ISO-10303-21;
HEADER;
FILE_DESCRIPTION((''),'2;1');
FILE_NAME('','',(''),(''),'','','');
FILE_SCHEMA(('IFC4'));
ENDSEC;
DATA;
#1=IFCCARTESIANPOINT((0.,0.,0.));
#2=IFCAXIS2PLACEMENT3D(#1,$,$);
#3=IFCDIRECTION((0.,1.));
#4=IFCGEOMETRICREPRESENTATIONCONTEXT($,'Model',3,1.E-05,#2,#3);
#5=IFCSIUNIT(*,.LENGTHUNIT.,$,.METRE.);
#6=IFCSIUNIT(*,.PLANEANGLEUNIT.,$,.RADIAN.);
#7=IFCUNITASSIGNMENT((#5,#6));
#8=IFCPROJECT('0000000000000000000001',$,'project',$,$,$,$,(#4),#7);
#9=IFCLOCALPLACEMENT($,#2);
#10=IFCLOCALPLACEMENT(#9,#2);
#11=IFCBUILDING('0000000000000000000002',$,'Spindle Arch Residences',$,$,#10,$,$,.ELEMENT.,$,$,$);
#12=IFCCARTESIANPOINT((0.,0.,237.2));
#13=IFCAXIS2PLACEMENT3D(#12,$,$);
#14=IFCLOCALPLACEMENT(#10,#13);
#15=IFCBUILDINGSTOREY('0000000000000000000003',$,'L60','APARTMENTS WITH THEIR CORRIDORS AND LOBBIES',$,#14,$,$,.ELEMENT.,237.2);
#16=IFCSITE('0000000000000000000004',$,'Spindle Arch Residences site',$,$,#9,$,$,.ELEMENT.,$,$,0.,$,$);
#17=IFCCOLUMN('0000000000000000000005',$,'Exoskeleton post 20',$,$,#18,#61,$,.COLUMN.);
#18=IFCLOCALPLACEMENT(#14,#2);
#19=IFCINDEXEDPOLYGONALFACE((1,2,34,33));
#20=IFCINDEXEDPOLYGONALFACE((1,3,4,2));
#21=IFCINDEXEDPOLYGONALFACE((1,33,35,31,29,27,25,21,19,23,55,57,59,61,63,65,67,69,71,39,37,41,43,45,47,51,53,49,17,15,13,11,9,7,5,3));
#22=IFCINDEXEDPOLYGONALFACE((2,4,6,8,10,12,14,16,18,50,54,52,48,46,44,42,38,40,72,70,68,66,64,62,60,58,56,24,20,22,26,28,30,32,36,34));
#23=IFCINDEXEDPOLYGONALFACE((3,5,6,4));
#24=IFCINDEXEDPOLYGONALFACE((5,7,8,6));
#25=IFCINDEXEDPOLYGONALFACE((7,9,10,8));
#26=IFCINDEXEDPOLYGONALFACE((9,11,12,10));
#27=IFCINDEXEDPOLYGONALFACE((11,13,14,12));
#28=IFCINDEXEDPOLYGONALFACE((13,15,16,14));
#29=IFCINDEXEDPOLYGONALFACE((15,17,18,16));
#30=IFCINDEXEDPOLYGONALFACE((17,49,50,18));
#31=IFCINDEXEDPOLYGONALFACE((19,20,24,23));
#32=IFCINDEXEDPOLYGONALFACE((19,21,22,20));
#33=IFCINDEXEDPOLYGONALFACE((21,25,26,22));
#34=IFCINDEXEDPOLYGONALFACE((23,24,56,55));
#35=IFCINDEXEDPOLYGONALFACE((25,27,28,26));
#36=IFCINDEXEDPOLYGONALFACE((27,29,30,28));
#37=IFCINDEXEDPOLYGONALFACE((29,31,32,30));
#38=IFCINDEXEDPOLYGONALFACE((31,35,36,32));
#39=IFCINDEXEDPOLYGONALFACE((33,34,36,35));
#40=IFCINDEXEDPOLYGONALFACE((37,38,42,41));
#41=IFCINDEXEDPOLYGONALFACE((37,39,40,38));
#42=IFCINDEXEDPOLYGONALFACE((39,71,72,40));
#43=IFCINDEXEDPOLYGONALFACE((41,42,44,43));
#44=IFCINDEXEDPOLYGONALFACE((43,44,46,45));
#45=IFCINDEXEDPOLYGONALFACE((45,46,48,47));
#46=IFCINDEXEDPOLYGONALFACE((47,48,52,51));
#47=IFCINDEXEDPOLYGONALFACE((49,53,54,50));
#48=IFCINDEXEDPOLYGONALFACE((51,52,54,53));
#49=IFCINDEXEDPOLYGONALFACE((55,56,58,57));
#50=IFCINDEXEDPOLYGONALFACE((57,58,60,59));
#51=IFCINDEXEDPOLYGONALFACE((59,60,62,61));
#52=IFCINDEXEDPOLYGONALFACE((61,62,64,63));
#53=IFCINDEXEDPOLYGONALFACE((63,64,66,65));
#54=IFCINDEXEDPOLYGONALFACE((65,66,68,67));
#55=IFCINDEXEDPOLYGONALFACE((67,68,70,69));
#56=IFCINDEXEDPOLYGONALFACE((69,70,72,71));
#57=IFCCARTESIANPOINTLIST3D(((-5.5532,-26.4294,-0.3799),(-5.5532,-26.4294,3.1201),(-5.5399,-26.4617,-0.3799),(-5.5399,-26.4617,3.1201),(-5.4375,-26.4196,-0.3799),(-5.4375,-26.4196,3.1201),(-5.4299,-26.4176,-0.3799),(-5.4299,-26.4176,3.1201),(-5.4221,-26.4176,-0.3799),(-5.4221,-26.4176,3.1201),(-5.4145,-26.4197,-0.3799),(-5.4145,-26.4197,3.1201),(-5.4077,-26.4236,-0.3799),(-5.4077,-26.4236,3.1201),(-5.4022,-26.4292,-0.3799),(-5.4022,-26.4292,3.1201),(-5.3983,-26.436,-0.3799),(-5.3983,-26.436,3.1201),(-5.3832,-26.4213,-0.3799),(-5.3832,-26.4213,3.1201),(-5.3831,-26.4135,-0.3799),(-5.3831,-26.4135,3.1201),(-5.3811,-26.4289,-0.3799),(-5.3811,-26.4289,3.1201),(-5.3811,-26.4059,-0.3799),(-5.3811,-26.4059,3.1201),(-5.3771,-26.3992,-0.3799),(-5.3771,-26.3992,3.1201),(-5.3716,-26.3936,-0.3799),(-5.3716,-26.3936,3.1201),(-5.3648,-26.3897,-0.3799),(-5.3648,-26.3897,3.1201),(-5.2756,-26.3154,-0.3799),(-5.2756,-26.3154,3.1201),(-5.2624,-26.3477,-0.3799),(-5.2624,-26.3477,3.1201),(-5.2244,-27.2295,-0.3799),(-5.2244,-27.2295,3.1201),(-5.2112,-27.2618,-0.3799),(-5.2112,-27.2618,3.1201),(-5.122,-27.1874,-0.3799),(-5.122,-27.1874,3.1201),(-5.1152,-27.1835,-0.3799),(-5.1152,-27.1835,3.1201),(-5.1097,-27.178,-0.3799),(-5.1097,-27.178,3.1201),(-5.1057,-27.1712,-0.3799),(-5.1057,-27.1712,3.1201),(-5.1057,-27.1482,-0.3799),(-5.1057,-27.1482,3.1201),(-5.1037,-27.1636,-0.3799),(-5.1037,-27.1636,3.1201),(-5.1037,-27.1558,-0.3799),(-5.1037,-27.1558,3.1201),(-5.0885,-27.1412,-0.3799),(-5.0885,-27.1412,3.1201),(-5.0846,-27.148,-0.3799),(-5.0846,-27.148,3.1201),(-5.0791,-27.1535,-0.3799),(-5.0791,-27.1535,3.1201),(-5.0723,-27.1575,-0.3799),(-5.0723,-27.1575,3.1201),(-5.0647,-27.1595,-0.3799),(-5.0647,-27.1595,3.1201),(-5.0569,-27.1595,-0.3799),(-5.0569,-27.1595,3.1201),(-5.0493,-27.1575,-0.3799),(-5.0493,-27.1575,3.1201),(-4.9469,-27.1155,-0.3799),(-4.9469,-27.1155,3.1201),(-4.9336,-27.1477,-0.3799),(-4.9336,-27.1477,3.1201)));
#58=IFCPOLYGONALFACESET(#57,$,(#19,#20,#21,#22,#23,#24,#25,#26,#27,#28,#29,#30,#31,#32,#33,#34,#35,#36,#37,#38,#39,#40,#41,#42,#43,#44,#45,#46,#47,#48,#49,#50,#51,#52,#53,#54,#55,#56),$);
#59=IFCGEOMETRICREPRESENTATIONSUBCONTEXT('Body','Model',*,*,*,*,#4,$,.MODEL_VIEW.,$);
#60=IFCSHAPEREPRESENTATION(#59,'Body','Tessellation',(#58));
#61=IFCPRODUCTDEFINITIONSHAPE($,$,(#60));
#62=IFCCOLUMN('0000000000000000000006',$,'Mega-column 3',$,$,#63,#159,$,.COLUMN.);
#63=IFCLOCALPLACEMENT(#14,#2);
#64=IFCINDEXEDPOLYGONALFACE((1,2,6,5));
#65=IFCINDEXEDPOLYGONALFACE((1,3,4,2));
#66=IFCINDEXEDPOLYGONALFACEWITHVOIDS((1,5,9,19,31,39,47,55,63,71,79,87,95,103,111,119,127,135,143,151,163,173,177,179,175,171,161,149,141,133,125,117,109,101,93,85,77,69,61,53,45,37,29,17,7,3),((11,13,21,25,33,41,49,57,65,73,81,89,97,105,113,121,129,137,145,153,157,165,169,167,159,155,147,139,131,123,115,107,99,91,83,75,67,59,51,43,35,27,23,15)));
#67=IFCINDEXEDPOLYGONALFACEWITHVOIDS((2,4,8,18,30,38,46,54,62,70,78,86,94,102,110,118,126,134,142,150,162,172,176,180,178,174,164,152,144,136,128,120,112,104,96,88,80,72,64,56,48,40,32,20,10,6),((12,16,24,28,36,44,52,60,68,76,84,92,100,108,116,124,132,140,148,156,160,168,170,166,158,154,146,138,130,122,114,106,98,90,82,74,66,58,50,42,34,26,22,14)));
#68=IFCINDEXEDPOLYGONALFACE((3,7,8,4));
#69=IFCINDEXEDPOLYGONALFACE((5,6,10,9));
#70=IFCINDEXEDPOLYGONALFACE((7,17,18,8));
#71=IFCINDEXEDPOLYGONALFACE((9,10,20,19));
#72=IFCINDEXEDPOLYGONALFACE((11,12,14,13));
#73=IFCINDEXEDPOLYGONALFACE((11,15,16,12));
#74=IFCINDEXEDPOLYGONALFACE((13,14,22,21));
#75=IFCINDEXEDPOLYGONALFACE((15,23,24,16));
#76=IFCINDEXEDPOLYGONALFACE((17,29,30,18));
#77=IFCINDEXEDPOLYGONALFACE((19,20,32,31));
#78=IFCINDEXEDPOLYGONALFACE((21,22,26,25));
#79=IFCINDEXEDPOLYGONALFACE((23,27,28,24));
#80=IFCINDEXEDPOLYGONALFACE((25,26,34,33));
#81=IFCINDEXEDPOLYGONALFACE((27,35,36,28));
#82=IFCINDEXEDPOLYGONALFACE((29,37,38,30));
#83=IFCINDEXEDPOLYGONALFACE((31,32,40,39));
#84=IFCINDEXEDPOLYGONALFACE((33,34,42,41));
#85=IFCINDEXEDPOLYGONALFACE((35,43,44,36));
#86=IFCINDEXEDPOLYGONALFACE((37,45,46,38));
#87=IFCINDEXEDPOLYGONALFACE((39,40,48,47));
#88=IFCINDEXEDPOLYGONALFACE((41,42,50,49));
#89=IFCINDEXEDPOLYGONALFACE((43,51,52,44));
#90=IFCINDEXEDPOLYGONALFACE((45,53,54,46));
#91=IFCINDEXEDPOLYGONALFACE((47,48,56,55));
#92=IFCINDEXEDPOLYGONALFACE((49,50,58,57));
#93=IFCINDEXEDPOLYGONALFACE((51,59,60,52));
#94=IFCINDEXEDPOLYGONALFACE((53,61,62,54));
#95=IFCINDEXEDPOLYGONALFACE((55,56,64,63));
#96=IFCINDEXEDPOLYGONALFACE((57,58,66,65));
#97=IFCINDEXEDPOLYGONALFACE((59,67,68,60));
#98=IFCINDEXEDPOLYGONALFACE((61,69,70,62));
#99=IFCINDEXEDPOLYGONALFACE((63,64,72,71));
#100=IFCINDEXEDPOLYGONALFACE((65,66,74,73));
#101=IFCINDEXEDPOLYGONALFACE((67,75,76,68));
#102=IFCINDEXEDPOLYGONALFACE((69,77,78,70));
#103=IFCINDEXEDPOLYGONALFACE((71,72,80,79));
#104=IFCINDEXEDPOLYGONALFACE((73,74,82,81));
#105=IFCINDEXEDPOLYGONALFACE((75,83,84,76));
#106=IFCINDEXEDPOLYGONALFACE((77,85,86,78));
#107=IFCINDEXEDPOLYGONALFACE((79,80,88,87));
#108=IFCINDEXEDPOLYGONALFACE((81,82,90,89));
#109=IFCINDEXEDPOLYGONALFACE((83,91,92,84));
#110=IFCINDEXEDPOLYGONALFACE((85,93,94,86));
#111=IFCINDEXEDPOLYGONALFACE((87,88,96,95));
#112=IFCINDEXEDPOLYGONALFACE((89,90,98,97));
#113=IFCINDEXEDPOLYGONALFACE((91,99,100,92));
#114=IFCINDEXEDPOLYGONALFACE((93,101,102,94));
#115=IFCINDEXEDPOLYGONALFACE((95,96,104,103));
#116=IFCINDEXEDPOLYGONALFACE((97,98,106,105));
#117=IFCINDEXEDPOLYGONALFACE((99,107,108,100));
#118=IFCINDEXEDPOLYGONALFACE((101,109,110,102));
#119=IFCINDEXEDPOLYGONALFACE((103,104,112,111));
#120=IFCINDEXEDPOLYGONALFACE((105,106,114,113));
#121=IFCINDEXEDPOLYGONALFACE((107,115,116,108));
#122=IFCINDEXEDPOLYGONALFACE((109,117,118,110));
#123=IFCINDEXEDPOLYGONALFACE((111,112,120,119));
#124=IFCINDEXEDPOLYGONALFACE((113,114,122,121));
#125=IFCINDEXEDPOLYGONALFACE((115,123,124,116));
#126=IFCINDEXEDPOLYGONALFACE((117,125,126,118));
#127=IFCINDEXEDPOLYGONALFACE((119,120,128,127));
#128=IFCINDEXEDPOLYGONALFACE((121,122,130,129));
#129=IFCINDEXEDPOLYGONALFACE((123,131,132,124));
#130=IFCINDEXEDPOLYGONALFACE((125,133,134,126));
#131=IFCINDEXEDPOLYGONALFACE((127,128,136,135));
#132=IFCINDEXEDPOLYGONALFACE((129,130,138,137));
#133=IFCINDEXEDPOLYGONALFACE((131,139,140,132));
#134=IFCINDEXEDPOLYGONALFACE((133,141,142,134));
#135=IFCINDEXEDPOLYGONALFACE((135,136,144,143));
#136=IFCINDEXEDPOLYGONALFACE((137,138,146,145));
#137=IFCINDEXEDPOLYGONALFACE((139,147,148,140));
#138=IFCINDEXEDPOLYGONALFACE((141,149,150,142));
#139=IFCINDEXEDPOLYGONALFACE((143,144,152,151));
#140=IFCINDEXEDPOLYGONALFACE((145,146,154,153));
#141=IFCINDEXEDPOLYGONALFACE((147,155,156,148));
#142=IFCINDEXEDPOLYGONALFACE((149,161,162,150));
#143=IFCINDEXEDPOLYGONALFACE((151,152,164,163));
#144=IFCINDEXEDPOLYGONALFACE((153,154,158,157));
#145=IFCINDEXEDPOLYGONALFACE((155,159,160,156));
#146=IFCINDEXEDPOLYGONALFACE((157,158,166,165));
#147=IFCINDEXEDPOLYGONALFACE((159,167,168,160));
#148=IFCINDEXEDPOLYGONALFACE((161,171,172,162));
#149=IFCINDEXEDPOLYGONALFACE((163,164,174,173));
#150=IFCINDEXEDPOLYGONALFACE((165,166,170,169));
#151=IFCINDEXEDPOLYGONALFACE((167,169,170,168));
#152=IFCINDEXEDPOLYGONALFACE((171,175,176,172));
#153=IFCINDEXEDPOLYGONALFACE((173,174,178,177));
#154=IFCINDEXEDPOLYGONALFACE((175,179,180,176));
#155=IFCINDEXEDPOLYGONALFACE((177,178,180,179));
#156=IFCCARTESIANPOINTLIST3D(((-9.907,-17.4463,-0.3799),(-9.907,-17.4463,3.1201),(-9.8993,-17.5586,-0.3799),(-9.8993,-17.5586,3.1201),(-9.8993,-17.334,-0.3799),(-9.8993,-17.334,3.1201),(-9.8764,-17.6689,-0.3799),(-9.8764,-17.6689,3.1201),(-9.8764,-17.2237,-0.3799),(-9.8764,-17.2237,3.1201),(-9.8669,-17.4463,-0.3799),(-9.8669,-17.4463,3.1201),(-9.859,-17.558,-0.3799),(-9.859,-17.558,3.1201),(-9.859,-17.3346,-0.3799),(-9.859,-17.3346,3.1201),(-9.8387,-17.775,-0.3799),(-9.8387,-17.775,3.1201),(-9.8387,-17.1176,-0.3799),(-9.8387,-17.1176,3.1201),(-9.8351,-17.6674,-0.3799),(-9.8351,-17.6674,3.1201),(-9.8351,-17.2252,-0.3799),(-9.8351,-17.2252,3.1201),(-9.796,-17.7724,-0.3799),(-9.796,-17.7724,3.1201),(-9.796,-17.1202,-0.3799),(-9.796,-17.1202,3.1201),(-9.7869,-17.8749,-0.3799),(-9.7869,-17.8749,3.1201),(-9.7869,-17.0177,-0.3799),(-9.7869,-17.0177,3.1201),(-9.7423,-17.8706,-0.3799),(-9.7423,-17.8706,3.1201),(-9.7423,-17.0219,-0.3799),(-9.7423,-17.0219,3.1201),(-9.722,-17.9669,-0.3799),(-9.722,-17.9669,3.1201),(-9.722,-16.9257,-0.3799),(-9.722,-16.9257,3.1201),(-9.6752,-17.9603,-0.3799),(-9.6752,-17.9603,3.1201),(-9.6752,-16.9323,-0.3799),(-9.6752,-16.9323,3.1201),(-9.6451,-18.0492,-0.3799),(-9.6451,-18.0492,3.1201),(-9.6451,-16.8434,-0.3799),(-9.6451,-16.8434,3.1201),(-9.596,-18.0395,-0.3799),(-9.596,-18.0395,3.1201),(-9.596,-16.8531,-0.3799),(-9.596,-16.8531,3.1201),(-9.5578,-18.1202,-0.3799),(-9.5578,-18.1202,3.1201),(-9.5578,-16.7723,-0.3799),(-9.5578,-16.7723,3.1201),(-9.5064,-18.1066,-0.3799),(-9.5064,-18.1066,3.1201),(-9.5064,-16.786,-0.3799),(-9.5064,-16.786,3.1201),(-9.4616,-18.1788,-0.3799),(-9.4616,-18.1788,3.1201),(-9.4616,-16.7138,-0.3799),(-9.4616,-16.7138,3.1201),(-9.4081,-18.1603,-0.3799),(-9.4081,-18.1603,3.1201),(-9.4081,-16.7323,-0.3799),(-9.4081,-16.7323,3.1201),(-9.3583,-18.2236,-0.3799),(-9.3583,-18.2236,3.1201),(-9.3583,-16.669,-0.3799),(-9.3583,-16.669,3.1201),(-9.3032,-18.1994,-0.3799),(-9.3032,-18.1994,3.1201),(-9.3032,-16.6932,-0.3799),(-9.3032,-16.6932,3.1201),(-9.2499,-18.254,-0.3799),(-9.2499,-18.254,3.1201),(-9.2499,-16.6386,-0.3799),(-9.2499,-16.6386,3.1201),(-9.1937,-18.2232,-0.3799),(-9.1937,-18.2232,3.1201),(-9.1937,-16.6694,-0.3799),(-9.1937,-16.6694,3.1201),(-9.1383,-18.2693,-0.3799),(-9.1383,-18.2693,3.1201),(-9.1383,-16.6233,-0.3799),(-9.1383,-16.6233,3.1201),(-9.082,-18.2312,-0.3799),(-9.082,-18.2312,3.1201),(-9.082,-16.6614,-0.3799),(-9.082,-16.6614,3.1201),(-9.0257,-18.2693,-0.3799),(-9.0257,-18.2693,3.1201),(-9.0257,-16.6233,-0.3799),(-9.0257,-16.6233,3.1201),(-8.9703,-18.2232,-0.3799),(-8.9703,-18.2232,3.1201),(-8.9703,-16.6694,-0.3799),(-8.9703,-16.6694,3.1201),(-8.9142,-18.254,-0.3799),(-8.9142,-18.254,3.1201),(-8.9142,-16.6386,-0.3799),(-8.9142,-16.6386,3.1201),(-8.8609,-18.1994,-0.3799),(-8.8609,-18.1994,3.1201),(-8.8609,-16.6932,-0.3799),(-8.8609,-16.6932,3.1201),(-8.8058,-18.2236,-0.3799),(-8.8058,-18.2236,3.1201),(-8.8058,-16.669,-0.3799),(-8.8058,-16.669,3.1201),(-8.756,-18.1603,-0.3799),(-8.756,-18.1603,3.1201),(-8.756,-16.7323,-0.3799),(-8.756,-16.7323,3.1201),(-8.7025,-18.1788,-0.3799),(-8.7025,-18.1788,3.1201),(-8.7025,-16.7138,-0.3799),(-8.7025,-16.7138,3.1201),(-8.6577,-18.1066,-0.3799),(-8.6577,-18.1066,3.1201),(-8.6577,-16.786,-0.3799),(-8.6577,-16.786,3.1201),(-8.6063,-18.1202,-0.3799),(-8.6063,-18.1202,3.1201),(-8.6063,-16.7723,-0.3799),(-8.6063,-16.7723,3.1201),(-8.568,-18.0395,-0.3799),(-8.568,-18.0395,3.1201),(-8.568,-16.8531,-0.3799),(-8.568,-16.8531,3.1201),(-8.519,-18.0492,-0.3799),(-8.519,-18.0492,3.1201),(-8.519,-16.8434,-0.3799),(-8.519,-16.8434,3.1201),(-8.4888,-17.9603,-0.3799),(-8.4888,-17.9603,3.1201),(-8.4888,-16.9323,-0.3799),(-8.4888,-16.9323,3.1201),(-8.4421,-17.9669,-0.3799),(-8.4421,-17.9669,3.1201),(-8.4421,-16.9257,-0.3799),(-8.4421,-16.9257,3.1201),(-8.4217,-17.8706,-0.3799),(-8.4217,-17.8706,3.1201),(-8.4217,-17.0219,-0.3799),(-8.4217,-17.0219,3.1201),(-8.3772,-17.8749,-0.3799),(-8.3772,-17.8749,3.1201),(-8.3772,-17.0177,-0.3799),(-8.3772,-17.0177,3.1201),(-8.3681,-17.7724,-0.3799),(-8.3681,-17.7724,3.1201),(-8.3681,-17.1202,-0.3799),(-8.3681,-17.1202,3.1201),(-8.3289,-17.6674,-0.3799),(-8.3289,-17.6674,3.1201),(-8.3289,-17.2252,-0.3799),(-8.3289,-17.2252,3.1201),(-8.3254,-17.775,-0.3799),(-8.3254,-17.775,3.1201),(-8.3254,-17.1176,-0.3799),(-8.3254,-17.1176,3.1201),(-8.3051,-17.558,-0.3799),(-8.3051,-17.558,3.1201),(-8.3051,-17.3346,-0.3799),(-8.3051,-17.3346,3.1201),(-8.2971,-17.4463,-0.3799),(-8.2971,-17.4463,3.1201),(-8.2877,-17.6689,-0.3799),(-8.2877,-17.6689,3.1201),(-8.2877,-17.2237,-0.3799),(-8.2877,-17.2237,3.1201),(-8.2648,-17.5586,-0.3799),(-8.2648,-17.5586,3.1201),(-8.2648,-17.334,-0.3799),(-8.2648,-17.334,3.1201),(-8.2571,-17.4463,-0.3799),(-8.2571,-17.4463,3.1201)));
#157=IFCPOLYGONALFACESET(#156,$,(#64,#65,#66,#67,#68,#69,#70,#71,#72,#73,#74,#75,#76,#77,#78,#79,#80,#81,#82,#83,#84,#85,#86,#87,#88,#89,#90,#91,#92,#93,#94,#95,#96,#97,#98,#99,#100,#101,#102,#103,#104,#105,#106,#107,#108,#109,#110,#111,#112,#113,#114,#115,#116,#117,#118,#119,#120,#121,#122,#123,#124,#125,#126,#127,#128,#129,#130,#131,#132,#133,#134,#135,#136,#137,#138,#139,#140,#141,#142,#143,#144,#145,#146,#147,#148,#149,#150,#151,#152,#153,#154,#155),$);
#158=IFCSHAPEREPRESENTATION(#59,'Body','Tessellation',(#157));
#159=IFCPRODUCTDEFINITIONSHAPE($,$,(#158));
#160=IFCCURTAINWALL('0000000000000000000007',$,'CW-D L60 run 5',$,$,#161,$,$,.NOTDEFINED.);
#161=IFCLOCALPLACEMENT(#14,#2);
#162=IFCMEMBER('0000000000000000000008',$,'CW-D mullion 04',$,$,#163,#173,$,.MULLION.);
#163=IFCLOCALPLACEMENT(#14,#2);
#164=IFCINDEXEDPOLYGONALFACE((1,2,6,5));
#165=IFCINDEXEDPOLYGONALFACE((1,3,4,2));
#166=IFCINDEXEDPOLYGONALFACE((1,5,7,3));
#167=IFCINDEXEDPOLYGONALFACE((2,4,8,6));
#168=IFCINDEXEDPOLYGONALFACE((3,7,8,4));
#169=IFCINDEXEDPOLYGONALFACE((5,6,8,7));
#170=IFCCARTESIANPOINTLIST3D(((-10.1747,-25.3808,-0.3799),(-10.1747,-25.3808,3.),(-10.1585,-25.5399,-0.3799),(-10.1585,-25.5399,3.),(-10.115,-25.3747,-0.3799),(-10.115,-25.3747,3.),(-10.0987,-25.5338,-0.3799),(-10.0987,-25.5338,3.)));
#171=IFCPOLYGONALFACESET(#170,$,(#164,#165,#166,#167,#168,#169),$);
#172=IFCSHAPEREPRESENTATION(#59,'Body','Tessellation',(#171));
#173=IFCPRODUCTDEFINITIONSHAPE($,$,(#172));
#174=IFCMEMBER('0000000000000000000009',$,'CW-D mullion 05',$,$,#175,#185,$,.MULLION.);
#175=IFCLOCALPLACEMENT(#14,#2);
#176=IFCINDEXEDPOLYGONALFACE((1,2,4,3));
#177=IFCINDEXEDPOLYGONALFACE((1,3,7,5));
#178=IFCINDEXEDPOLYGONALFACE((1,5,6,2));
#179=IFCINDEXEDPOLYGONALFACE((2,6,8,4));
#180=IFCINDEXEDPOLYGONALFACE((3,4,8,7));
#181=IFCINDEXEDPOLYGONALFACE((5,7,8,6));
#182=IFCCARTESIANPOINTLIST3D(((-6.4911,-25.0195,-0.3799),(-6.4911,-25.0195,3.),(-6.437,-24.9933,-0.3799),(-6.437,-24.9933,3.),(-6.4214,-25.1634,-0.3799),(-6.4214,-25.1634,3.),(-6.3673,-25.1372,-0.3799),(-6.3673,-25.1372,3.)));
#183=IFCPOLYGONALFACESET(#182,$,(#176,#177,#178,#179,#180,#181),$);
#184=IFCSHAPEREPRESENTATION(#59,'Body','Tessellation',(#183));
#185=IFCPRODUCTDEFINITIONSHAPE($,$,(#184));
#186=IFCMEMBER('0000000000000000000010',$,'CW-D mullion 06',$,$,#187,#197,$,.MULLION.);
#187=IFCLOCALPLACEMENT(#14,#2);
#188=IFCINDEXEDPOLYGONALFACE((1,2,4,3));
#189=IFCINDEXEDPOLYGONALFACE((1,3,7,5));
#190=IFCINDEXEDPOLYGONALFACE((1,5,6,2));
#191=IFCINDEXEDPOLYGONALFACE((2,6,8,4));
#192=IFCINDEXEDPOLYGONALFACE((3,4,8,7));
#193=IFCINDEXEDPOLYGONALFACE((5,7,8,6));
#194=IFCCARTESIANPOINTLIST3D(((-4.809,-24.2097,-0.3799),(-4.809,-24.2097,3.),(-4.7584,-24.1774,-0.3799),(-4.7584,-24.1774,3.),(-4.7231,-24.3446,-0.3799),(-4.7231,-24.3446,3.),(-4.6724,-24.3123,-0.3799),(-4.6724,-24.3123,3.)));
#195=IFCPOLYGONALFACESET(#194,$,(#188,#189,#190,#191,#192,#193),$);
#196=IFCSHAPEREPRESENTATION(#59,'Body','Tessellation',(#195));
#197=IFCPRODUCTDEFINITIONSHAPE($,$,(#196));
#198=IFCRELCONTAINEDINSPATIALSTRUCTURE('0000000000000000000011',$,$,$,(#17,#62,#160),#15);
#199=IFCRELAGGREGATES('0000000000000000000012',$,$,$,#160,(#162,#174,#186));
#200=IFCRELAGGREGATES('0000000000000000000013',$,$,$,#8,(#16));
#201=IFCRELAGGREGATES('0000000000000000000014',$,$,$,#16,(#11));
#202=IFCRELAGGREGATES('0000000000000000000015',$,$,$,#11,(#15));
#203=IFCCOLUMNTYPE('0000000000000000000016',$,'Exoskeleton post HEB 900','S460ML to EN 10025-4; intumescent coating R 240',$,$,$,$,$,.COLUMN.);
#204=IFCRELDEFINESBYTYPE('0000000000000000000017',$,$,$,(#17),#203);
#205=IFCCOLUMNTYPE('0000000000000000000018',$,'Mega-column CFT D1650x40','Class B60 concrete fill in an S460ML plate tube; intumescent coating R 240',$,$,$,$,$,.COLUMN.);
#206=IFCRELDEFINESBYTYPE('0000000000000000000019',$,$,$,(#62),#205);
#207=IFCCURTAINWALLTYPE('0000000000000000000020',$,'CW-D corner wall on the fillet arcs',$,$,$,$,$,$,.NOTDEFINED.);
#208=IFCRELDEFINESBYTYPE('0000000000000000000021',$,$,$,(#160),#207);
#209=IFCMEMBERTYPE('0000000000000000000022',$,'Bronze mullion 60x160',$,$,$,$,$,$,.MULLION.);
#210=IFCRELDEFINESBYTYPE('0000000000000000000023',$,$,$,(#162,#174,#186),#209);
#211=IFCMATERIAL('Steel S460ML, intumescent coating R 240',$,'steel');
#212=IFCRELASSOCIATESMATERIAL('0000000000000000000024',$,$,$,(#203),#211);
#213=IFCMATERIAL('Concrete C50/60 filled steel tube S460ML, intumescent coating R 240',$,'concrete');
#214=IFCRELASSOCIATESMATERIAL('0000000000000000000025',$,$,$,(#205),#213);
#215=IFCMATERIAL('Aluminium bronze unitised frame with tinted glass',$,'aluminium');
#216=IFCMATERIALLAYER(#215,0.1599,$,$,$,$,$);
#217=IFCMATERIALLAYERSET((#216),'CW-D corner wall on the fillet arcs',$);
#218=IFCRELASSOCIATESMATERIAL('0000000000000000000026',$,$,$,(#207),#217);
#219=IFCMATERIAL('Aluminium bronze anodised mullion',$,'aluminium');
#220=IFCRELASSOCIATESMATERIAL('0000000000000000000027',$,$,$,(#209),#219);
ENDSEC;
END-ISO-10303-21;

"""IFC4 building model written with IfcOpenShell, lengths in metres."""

from ifc_helpers import new_model, si_unit, direction, frame, origin, origin_2d, place, context, subcontext, project, spatial, rectangle, hollow_circle, i_section, extrude, material, layer, layer_set, material_profile, profile_set, type_object, element, aggregate, save


model = new_model("IFC4")

# Units and contexts
model_context = context("Model", 3, precision=1e-05, world=origin(), true_north=direction((0.0, 1.0)))
body_context = subcontext(model_context, "Body", "Model", "MODEL_VIEW")
ifc_project = project(units=[si_unit("LENGTHUNIT", "METRE"), si_unit("PLANEANGLEUNIT", "RADIAN")], contexts=[model_context])

# Site, building, storey
site_placement = place(None, origin())
site = spatial("IfcSite", under=ifc_project, at=site_placement, Name="Spindle Arch Residences site", CompositionType="ELEMENT", RefElevation=0.0)
building_placement = place(site_placement, origin())
building = spatial("IfcBuilding", under=site, at=building_placement, Name="Spindle Arch Residences", CompositionType="ELEMENT")
storey_placement = place(building_placement, frame((0.0, 0.0, 237.2)))
storey = spatial("IfcBuildingStorey", under=building, at=storey_placement, Name="L60", Description="APARTMENTS WITH THEIR CORRIDORS AND LOBBIES", CompositionType="ELEMENT", Elevation=237.2)

# Columns
ifc_material_1 = material(Name="Steel S460ML, intumescent coating R 240", Category="steel")
ifc_material_profile_1 = material_profile(ifc_material_1, i_section(OverallWidth=0.3, OverallDepth=0.8999, WebThickness=0.0186, FlangeThickness=0.0349, FilletRadius=0.03, at=origin_2d()), Name="HEB 900")
ifc_profile_set_1 = profile_set([ifc_material_profile_1], Name="Steel S460ML, intumescent coating R 240")
column_type_1 = type_object("IfcColumnType", Name="Exoskeleton post HEB 900", Description="S460ML to EN 10025-4; intumescent coating R 240", PredefinedType="COLUMN", material=ifc_profile_set_1)
column_1_placement = place(storey_placement, frame((-5.2434, -26.7886, -0.3799), z_axis=(0.0, 0.0, 1.0), x_axis=(-0.924968, -0.380046, 0.0)))
element("IfcColumn", 1, at=column_1_placement, inside=storey, type_object=column_type_1, Name="Exoskeleton post 20", PredefinedType="COLUMN", context=body_context, shape_type="SweptSolid", body=[
    extrude(i_section(OverallWidth=0.3, OverallDepth=0.8999, WebThickness=0.0186, FlangeThickness=0.0349, FilletRadius=0.03, at=origin_2d()), origin(), (0.0, 0.0, 1.0), 3.5),
])
ifc_material_2 = material(Name="Concrete C50/60 filled steel tube S460ML, intumescent coating R 240", Category="concrete")
ifc_material_profile_2 = material_profile(ifc_material_2, hollow_circle(Radius=0.825, WallThickness=0.04, at=origin_2d()), Name="CFT D1650x40")
ifc_profile_set_2 = profile_set([ifc_material_profile_2], Name="Concrete C50/60 filled steel tube S460ML, intumescent coating R 240")
column_type_2 = type_object("IfcColumnType", Name="Mega-column CFT D1650x40", Description="Class B60 concrete fill in an S460ML plate tube; intumescent coating R 240", PredefinedType="COLUMN", material=ifc_profile_set_2)
column_2_placement = place(storey_placement, frame((-9.082, -17.4463, -0.3799), z_axis=(0.0, 0.0, 1.0), x_axis=(1.0, 0.0, 0.0)))
element("IfcColumn", 2, at=column_2_placement, inside=storey, type_object=column_type_2, Name="Mega-column 3", PredefinedType="COLUMN", context=body_context, shape_type="SweptSolid", body=[
    extrude(hollow_circle(Radius=0.825, WallThickness=0.04, at=origin_2d()), origin(), (0.0, 0.0, 1.0), 3.5),
])

# Curtain wall, members
ifc_material_3 = material(Name="Aluminium bronze unitised frame with tinted glass", Category="aluminium")
ifc_layer_1 = layer(ifc_material_3, 0.1599)
ifc_layer_set_1 = layer_set([ifc_layer_1], Name="CW-D corner wall on the fillet arcs")
curtain_wall_type = type_object("IfcCurtainWallType", Name="CW-D corner wall on the fillet arcs", PredefinedType="NOTDEFINED", material=ifc_layer_set_1)
curtain_wall_placement = place(storey_placement, origin())
curtain_wall = element("IfcCurtainWall", 3, at=curtain_wall_placement, inside=storey, type_object=curtain_wall_type, Name="CW-D L60 run 5", PredefinedType="NOTDEFINED")
ifc_material_4 = material(Name="Aluminium bronze anodised mullion", Category="aluminium")
ifc_material_profile_3 = material_profile(ifc_material_4, rectangle(XDim=0.1599, YDim=0.0601, at=origin_2d()), Name="MU 60x160")
ifc_profile_set_3 = profile_set([ifc_material_profile_3], Name="Aluminium bronze anodised mullion")
member_type_1 = type_object("IfcMemberType", Name="Bronze mullion 60x160", PredefinedType="MULLION", material=ifc_profile_set_3)
member_1_placement = place(storey_placement, frame((-10.1367, -25.4573, -0.3799), z_axis=(0.0, 0.0, 1.0), x_axis=(-0.101635, 0.994822, 0.0)))
member_1 = element("IfcMember", 4, at=member_1_placement, type_object=member_type_1, Name="CW-D mullion 04", PredefinedType="MULLION", context=body_context, shape_type="SweptSolid", body=[
    extrude(rectangle(XDim=0.1599, YDim=0.0601, at=origin_2d()), origin(), (0.0, 0.0, 1.0), 3.3799),
])
member_2_placement = place(storey_placement, frame((-6.4292, -25.0784, -0.3799), z_axis=(0.0, 0.0, 1.0), x_axis=(-0.435755, 0.900065, 0.0)))
member_2 = element("IfcMember", 5, at=member_2_placement, type_object=member_type_1, Name="CW-D mullion 05", PredefinedType="MULLION", context=body_context, shape_type="SweptSolid", body=[
    extrude(rectangle(XDim=0.1599, YDim=0.0601, at=origin_2d()), origin(), (0.0, 0.0, 1.0), 3.3799),
])
member_3_placement = place(storey_placement, frame((-4.7407, -24.261, -0.3799), z_axis=(0.0, 0.0, 1.0), x_axis=(-0.5373, 0.843391, 0.0)))
member_3 = element("IfcMember", 6, at=member_3_placement, type_object=member_type_1, Name="CW-D mullion 06", PredefinedType="MULLION", context=body_context, shape_type="SweptSolid", body=[
    extrude(rectangle(XDim=0.1599, YDim=0.0601, at=origin_2d()), origin(), (0.0, 0.0, 1.0), 3.3799),
])

aggregate(curtain_wall, [member_1, member_2, member_3])

save(model, "model.ifc")
